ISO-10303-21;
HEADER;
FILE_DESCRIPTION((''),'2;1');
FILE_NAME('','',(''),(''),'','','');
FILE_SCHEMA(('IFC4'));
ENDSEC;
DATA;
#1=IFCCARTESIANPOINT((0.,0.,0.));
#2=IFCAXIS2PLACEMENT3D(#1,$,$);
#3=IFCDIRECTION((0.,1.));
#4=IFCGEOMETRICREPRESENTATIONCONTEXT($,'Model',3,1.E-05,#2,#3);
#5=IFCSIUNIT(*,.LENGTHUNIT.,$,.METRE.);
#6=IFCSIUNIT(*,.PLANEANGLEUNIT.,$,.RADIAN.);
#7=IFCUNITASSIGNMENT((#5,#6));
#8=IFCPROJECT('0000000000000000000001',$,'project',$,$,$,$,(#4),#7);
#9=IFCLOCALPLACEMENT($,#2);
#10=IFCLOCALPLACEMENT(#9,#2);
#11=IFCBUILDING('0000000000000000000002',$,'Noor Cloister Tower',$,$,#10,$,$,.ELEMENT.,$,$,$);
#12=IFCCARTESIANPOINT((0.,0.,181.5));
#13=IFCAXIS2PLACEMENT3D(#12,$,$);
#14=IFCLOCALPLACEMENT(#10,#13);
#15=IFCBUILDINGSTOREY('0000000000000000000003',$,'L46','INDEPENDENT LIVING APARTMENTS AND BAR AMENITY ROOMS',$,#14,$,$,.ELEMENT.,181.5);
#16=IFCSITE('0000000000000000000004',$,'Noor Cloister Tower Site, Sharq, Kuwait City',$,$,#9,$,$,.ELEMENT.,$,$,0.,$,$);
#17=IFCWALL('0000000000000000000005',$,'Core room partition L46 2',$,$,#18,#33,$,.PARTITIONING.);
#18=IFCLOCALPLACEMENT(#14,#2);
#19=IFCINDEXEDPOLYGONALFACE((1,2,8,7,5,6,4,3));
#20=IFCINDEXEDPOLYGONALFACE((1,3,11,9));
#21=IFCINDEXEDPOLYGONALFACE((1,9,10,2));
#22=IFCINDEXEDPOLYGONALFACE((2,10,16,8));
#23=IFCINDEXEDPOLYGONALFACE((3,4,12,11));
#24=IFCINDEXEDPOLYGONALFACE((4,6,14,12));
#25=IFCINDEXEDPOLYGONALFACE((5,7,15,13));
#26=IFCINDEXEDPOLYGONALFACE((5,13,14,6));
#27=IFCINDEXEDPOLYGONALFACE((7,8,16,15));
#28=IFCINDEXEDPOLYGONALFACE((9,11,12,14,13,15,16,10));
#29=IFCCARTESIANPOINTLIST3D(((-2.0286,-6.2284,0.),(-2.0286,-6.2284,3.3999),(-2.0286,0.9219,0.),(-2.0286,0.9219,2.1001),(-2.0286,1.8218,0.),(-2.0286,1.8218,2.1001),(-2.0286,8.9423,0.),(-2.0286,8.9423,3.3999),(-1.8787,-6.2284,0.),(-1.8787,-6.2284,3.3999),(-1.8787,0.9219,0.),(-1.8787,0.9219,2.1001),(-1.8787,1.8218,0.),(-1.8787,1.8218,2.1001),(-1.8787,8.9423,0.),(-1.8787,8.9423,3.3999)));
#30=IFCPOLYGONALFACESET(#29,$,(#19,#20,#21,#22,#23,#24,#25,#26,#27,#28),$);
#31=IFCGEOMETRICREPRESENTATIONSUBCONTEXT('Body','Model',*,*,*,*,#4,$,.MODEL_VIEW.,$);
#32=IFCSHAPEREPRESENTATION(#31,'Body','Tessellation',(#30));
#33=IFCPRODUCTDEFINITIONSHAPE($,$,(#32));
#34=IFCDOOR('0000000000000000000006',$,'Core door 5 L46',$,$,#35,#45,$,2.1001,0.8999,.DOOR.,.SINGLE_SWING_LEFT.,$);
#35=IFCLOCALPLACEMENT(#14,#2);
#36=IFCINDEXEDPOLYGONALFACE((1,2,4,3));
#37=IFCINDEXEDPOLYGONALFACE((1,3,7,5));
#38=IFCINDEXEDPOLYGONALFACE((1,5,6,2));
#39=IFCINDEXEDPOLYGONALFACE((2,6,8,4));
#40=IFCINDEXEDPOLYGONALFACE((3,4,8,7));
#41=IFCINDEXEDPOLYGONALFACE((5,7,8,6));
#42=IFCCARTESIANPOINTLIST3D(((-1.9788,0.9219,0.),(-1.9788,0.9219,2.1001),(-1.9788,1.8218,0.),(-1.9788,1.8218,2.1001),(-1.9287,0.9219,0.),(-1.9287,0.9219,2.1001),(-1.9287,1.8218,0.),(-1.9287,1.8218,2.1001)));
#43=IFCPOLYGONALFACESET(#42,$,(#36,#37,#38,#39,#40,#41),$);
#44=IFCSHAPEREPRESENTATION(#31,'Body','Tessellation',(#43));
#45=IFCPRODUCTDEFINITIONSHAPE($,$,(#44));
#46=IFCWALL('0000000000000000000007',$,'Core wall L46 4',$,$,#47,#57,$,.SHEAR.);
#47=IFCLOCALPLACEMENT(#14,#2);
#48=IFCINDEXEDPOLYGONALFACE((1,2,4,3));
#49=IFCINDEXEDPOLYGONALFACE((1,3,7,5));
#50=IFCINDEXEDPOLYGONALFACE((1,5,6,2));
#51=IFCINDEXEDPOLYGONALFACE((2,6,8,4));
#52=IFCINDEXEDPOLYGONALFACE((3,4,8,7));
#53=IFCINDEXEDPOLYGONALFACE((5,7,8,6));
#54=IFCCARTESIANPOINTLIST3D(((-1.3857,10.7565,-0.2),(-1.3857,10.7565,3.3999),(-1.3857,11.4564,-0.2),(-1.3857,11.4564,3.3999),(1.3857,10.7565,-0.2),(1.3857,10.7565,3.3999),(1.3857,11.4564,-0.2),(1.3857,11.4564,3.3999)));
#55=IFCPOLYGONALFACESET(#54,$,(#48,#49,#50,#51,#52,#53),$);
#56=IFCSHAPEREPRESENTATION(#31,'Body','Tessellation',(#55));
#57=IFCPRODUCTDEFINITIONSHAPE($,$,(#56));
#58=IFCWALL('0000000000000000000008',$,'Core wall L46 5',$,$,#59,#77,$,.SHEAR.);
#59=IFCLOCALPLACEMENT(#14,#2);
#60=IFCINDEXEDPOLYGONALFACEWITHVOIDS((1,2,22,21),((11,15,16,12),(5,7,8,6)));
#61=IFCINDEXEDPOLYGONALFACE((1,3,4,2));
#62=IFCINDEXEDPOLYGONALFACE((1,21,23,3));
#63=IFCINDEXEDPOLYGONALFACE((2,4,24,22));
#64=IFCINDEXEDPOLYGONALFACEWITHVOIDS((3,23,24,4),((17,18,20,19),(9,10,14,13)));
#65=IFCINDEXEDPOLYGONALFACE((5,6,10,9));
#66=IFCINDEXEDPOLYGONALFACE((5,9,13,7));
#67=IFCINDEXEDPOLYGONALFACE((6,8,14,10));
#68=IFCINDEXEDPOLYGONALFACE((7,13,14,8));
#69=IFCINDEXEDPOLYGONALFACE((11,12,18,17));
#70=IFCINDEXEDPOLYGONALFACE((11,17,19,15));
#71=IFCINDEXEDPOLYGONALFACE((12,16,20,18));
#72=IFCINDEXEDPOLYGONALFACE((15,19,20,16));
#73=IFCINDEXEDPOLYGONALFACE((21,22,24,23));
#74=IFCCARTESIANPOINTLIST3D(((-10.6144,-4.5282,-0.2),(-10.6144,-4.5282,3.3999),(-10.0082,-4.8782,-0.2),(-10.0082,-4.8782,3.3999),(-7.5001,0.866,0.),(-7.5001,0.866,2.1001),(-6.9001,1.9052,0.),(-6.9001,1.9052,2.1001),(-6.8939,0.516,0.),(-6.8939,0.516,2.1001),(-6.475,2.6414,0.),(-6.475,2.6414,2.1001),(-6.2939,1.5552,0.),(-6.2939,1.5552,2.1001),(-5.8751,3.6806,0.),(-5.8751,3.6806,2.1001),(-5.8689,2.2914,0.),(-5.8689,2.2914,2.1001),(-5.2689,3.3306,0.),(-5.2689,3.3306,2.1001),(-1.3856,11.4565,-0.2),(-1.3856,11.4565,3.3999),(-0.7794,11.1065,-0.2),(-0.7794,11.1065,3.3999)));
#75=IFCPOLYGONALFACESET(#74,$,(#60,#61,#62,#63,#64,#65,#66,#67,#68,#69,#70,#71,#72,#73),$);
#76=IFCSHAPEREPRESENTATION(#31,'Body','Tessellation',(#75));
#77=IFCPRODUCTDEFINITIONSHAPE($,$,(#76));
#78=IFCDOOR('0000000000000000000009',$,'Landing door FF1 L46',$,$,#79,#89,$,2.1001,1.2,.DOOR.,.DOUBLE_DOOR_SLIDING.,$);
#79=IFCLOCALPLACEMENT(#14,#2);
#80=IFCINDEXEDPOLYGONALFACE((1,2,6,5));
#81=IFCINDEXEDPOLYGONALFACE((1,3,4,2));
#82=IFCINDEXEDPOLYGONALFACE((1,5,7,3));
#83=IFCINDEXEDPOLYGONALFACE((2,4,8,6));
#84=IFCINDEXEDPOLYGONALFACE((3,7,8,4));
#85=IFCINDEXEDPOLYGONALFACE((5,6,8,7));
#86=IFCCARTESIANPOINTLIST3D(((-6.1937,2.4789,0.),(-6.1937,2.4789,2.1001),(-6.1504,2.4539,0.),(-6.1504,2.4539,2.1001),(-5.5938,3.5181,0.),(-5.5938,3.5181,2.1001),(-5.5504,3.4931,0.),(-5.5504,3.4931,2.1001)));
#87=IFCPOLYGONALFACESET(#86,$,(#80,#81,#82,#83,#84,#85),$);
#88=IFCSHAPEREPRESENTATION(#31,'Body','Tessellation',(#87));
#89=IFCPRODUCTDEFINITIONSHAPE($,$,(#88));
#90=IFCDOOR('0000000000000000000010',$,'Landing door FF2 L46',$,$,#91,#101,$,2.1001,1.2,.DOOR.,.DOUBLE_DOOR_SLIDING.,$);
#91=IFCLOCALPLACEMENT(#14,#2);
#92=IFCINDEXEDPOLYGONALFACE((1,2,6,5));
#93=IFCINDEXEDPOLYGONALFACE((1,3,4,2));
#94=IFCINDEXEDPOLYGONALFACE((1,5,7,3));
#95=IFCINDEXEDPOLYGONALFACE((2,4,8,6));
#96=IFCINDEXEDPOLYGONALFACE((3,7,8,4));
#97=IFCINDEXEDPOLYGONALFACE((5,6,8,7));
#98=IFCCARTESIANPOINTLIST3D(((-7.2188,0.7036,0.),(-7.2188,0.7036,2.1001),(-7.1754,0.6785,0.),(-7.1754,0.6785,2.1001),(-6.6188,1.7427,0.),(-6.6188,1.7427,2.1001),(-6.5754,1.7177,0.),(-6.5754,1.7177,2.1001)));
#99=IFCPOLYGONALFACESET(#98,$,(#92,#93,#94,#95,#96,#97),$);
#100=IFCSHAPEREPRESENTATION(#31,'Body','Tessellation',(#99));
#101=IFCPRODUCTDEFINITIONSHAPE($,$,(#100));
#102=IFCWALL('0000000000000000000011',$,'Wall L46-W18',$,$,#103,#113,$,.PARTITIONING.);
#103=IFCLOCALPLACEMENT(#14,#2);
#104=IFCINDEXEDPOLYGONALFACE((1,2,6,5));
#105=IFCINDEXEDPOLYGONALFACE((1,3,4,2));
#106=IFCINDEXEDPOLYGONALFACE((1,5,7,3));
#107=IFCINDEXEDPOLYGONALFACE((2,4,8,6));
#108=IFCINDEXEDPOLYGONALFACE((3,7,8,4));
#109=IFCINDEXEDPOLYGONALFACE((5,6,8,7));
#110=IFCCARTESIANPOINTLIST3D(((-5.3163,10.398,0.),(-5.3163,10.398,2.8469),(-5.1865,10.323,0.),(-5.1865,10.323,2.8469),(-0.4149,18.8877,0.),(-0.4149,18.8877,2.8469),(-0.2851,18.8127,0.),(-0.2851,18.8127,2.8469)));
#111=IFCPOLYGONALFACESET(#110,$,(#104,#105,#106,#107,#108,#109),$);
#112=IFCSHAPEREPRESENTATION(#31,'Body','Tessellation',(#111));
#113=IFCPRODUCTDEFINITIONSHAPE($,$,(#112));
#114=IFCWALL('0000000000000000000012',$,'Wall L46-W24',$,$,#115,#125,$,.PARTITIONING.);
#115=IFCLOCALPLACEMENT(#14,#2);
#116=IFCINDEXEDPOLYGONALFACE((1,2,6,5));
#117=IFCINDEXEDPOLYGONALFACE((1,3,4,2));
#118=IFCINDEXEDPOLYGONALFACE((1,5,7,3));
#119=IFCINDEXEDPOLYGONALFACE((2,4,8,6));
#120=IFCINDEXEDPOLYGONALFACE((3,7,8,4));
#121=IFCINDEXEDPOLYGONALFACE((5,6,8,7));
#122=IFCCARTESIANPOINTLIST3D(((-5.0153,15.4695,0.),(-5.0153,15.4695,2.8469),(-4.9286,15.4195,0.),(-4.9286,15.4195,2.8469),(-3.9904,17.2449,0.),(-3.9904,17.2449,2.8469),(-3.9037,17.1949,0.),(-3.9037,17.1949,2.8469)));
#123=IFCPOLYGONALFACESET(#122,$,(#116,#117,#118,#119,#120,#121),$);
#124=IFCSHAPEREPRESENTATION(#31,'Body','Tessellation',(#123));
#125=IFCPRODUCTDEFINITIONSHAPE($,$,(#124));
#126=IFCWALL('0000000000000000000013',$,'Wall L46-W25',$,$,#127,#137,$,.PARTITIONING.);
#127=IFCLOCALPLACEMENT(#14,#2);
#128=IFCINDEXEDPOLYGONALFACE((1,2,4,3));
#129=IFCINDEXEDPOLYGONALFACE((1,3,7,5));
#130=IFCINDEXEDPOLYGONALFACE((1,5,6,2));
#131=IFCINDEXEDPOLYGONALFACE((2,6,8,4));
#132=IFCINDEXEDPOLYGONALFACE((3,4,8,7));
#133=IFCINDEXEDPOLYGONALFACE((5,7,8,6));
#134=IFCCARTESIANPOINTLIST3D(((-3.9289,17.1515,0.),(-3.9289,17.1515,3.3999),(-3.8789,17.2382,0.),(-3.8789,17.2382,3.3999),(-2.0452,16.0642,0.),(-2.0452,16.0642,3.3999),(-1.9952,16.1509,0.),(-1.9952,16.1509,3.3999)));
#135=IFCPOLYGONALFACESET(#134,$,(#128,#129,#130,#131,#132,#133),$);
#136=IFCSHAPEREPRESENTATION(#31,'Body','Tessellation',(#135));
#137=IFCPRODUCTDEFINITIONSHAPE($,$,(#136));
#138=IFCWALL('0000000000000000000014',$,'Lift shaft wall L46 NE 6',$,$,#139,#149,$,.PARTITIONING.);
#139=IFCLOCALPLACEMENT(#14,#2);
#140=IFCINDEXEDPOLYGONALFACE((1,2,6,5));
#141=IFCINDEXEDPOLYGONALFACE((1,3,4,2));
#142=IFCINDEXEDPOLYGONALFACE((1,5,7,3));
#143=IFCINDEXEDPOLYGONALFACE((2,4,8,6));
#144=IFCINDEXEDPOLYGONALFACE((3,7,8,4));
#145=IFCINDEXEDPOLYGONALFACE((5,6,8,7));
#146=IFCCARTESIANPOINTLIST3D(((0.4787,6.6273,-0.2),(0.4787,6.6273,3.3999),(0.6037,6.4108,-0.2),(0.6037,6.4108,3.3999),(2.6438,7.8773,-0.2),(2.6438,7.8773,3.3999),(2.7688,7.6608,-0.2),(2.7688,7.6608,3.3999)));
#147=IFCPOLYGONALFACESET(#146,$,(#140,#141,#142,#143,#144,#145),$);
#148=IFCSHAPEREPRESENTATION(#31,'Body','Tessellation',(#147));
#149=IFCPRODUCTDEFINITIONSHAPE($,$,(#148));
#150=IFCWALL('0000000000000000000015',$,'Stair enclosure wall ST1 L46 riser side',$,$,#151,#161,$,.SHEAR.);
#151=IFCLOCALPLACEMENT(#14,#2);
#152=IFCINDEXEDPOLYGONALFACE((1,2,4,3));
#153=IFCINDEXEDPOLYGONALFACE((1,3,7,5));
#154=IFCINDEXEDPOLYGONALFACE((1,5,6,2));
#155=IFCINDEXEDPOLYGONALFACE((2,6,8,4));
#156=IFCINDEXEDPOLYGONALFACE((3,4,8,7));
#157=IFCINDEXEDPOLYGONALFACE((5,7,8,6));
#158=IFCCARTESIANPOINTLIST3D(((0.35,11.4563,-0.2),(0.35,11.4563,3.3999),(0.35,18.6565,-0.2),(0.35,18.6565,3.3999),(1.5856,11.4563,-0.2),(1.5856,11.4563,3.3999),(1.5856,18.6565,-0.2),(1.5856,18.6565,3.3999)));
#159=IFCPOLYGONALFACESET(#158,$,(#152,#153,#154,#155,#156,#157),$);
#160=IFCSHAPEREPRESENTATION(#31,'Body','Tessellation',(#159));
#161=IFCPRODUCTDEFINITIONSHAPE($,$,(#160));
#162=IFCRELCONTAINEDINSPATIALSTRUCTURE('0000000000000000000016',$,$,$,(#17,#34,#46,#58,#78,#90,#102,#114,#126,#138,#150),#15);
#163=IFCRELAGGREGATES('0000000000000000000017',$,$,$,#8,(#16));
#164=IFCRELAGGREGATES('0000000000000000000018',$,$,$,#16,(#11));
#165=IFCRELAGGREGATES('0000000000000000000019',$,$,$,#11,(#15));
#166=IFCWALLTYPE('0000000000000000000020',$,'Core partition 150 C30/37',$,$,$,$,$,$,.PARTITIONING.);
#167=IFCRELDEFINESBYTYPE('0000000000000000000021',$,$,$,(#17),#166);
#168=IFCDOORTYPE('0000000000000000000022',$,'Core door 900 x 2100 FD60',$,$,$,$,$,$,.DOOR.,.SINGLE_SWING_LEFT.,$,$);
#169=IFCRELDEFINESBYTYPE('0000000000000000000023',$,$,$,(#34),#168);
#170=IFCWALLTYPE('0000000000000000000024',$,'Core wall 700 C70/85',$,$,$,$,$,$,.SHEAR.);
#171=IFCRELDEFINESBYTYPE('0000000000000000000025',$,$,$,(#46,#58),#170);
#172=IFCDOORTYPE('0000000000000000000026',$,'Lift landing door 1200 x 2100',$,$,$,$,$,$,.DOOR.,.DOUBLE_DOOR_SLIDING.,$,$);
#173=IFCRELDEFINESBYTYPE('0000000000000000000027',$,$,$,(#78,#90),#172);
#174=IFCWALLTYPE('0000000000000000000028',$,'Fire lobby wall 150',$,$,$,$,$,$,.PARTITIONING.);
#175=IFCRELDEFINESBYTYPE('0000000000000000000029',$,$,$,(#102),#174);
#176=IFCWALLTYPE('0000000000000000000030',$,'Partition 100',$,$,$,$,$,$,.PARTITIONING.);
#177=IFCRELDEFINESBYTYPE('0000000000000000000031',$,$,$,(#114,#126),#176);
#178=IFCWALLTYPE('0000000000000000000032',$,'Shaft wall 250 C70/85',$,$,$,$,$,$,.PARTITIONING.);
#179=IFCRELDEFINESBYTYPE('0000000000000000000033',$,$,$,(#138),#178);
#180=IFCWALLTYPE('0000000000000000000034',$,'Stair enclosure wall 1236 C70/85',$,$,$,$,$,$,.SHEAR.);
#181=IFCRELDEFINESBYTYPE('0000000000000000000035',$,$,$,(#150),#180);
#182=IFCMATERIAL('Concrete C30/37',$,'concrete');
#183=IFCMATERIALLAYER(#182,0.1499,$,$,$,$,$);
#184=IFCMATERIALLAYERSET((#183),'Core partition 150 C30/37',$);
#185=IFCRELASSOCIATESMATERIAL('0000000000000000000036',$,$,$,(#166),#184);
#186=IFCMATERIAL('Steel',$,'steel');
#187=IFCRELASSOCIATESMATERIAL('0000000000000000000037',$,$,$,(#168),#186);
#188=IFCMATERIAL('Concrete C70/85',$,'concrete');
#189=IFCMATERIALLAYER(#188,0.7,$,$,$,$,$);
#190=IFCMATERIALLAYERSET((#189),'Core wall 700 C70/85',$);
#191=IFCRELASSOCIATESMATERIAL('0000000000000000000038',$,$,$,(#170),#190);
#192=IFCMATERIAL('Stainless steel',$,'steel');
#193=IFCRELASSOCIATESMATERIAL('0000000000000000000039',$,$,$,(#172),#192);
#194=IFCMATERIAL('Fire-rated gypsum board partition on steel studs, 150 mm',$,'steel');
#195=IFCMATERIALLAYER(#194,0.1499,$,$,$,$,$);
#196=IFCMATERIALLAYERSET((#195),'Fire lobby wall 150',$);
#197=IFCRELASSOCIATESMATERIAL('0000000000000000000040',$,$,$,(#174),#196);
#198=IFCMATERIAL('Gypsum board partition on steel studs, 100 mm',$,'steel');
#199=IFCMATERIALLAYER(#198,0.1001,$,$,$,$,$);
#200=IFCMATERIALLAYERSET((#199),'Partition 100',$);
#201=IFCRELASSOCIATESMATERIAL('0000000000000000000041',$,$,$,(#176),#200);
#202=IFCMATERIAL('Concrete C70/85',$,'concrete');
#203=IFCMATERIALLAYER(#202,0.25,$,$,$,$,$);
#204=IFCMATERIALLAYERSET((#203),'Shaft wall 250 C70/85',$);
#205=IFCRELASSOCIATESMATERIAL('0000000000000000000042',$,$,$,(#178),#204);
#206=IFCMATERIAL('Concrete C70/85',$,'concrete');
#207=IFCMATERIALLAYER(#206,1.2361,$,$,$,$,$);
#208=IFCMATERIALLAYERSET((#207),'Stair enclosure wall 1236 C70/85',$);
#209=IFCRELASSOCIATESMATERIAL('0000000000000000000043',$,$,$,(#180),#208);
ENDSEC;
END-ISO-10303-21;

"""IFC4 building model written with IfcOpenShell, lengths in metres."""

from ifc_helpers import new_model, si_unit, direction, frame, frame_2d, origin, place, context, subcontext, project, spatial, rectangle, extrude, material, layer, layer_set, type_object, element, fill, save


model = new_model("IFC4")

# Units and contexts
model_context = context("Model", 3, precision=1e-05, world=origin(), true_north=direction((0.0, 1.0)))
body_context = subcontext(model_context, "Body", "Model", "MODEL_VIEW")
ifc_project = project(units=[si_unit("LENGTHUNIT", "METRE"), si_unit("PLANEANGLEUNIT", "RADIAN")], contexts=[model_context])

# Site, building, storey
site_placement = place(None, origin())
site = spatial("IfcSite", under=ifc_project, at=site_placement, Name="Noor Cloister Tower Site, Sharq, Kuwait City", CompositionType="ELEMENT", RefElevation=0.0)
building_placement = place(site_placement, origin())
building = spatial("IfcBuilding", under=site, at=building_placement, Name="Noor Cloister Tower", CompositionType="ELEMENT")
storey_placement = place(building_placement, frame((0.0, 0.0, 181.5)))
storey = spatial("IfcBuildingStorey", under=building, at=storey_placement, Name="L46", Description="INDEPENDENT LIVING APARTMENTS AND BAR AMENITY ROOMS", CompositionType="ELEMENT", Elevation=181.5)

# Wall, opening, door
ifc_material_1 = material(Name="Concrete C30/37", Category="concrete")
ifc_layer_1 = layer(ifc_material_1, 0.1499)
ifc_layer_set_1 = layer_set([ifc_layer_1], Name="Core partition 150 C30/37")
wall_type_1 = type_object("IfcWallType", Name="Core partition 150 C30/37", PredefinedType="PARTITIONING", material=ifc_layer_set_1)
wall_1_placement = place(storey_placement, frame((-1.9536, 8.9424, 0.0), z_axis=(0.0, 0.0, 1.0), x_axis=(0.0, -1.0, 0.0)))
wall_1 = element("IfcWall", 1, at=wall_1_placement, inside=storey, type_object=wall_type_1, Name="Core room partition L46 2", PredefinedType="PARTITIONING", context=body_context, shape_type="SweptSolid", body=[
    extrude(rectangle(XDim=15.1707, YDim=0.1499, at=frame_2d((7.5854, 0.0))), origin(), (0.0, 0.0, 1.0), 3.3999),
])
opening_1_placement = place(wall_1_placement, frame((7.1206, 0.0, 0.0)))
opening_1 = element("IfcOpeningElement", 2, at=opening_1_placement, cuts=wall_1, PredefinedType="OPENING", context=body_context, shape_type="SweptSolid", body=[
    extrude(rectangle(XDim=0.8999, YDim=2.1001, at=frame_2d((0.45, 1.05))), frame((0.0, 0.085, 0.0), z_axis=(0.0, -1.0, 0.0), x_axis=(1.0, 0.0, 0.0)), (0.0, 0.0, 1.0), 0.1699),
])
ifc_material_2 = material(Name="Steel", Category="steel")
door_type_1 = type_object("IfcDoorType", Name="Core door 900 x 2100 FD60", OperationType="SINGLE_SWING_LEFT", PredefinedType="DOOR", material=ifc_material_2)
door_1_placement = place(opening_1_placement, origin())
door_1 = element("IfcDoor", 3, at=door_1_placement, inside=storey, type_object=door_type_1, Name="Core door 5 L46", OperationType="SINGLE_SWING_LEFT", OverallHeight=2.1001, OverallWidth=0.8999, PredefinedType="DOOR", context=body_context, shape_type="SweptSolid", body=[
    extrude(rectangle(XDim=0.8999, YDim=2.1001, at=frame_2d((0.45, 1.05))), frame((0.0, 0.0249, 0.0), z_axis=(0.0, -1.0, 0.0), x_axis=(1.0, 0.0, 0.0)), (0.0, 0.0, 1.0), 0.05),
])
fill(opening_1, door_1)

# Wall
ifc_material_3 = material(Name="Concrete C70/85", Category="concrete")
ifc_layer_2 = layer(ifc_material_3, 0.7)
ifc_layer_set_2 = layer_set([ifc_layer_2], Name="Core wall 700 C70/85")
wall_type_2 = type_object("IfcWallType", Name="Core wall 700 C70/85", PredefinedType="SHEAR", material=ifc_layer_set_2)
wall_2_placement = place(storey_placement, frame((1.3857, 11.1064, -0.2), z_axis=(0.0, 0.0, 1.0), x_axis=(-1.0, 0.0, 0.0)))
element("IfcWall", 4, at=wall_2_placement, inside=storey, type_object=wall_type_2, Name="Core wall L46 4", PredefinedType="SHEAR", context=body_context, shape_type="SweptSolid", body=[
    extrude(rectangle(XDim=2.7715, YDim=0.7, at=frame_2d((1.3857, 0.0))), origin(), (0.0, 0.0, 1.0), 3.5999),
])

# Wall, openings, doors
wall_3_placement = place(storey_placement, frame((-1.0825, 11.2815, -0.2), z_axis=(0.0, 0.0, 1.0), x_axis=(-0.500001, -0.866025, 0.0)))
wall_3 = element("IfcWall", 5, at=wall_3_placement, inside=storey, type_object=wall_type_2, Name="Core wall L46 5", PredefinedType="SHEAR", context=body_context, shape_type="SweptSolid", body=[
    extrude(rectangle(XDim=18.4575, YDim=0.7, at=frame_2d((9.2288, 0.0))), origin(), (0.0, 0.0, 1.0), 3.5999),
])
opening_2_placement = place(wall_3_placement, frame((8.9788, 0.0, 0.2)))
opening_2 = element("IfcOpeningElement", 6, at=opening_2_placement, cuts=wall_3, PredefinedType="OPENING", context=body_context, shape_type="SweptSolid", body=[
    extrude(rectangle(XDim=1.2, YDim=2.1001, at=frame_2d((0.6001, 1.05))), frame((0.0, 0.3599, 0.0), z_axis=(0.0, -1.0, 0.0), x_axis=(1.0, 0.0, 0.0)), (0.0, 0.0, 1.0), 0.72),
])
opening_3_placement = place(wall_3_placement, frame((11.0288, 0.0, 0.2)))
opening_3 = element("IfcOpeningElement", 7, at=opening_3_placement, cuts=wall_3, PredefinedType="OPENING", context=body_context, shape_type="SweptSolid", body=[
    extrude(rectangle(XDim=1.2, YDim=2.1001, at=frame_2d((0.6001, 1.05))), frame((0.0, 0.3599, 0.0), z_axis=(0.0, -1.0, 0.0), x_axis=(1.0, 0.0, 0.0)), (0.0, 0.0, 1.0), 0.72),
])
ifc_material_4 = material(Name="Stainless steel", Category="steel")
door_type_2 = type_object("IfcDoorType", Name="Lift landing door 1200 x 2100", OperationType="DOUBLE_DOOR_SLIDING", PredefinedType="DOOR", material=ifc_material_4)
door_2_placement = place(opening_2_placement, origin())
door_2 = element("IfcDoor", 8, at=door_2_placement, inside=storey, type_object=door_type_2, Name="Landing door FF1 L46", OperationType="DOUBLE_DOOR_SLIDING", OverallHeight=2.1001, OverallWidth=1.2, PredefinedType="DOOR", context=body_context, shape_type="SweptSolid", body=[
    extrude(rectangle(XDim=1.2, YDim=2.1001, at=frame_2d((0.6001, 1.05))), frame((0.0, 0.0249, 0.0), z_axis=(0.0, -1.0, 0.0), x_axis=(1.0, 0.0, 0.0)), (0.0, 0.0, 1.0), 0.05),
])
fill(opening_2, door_2)
door_3_placement = place(opening_3_placement, origin())
door_3 = element("IfcDoor", 9, at=door_3_placement, inside=storey, type_object=door_type_2, Name="Landing door FF2 L46", OperationType="DOUBLE_DOOR_SLIDING", OverallHeight=2.1001, OverallWidth=1.2, PredefinedType="DOOR", context=body_context, shape_type="SweptSolid", body=[
    extrude(rectangle(XDim=1.2, YDim=2.1001, at=frame_2d((0.6001, 1.05))), frame((0.0, 0.0249, 0.0), z_axis=(0.0, -1.0, 0.0), x_axis=(1.0, 0.0, 0.0)), (0.0, 0.0, 1.0), 0.05),
])
fill(opening_3, door_3)

# Walls
ifc_material_5 = material(Name="Fire-rated gypsum board partition on steel studs, 150 mm", Category="steel")
ifc_layer_3 = layer(ifc_material_5, 0.1499)
ifc_layer_set_3 = layer_set([ifc_layer_3], Name="Fire lobby wall 150")
wall_type_3 = type_object("IfcWallType", Name="Fire lobby wall 150", PredefinedType="PARTITIONING", material=ifc_layer_set_3)
wall_4_placement = place(storey_placement, frame((-0.3501, 18.8501, 0.0), z_axis=(0.0, 0.0, 1.0), x_axis=(-0.499985, -0.866034, 0.0)))
element("IfcWall", 10, at=wall_4_placement, inside=storey, type_object=wall_type_3, Name="Wall L46-W18", PredefinedType="PARTITIONING", context=body_context, shape_type="SweptSolid", body=[
    extrude(rectangle(XDim=9.803, YDim=0.1499, at=frame_2d((4.9014, 0.0))), origin(), (0.0, 0.0, 1.0), 2.8469),
])
ifc_material_6 = material(Name="Gypsum board partition on steel studs, 100 mm", Category="steel")
ifc_layer_4 = layer(ifc_material_6, 0.1001)
ifc_layer_set_4 = layer_set([ifc_layer_4], Name="Partition 100")
wall_type_4 = type_object("IfcWallType", Name="Partition 100", PredefinedType="PARTITIONING", material=ifc_layer_set_4)
wall_5_placement = place(storey_placement, frame((-4.9719, 15.4446, 0.0), z_axis=(0.0, 0.0, 1.0), x_axis=(0.499956, 0.866051, 0.0)))
element("IfcWall", 11, at=wall_5_placement, inside=storey, type_object=wall_type_4, Name="Wall L46-W24", PredefinedType="PARTITIONING", context=body_context, shape_type="SweptSolid", body=[
    extrude(rectangle(XDim=2.05, YDim=0.1001, at=frame_2d((1.0249, 0.0))), origin(), (0.0, 0.0, 1.0), 2.8469),
])
wall_6_placement = place(storey_placement, frame((-3.9038, 17.1948, 0.0), z_axis=(0.0, 0.0, 1.0), x_axis=(0.866066, -0.49993, 0.0)))
element("IfcWall", 12, at=wall_6_placement, inside=storey, type_object=wall_type_4, Name="Wall L46-W25", PredefinedType="PARTITIONING", context=body_context, shape_type="SweptSolid", body=[
    extrude(rectangle(XDim=2.175, YDim=0.1001, at=frame_2d((1.0874, 0.0))), origin(), (0.0, 0.0, 1.0), 3.3999),
])
ifc_material_7 = material(Name="Concrete C70/85", Category="concrete")
ifc_layer_5 = layer(ifc_material_7, 0.25)
ifc_layer_set_5 = layer_set([ifc_layer_5], Name="Shaft wall 250 C70/85")
wall_type_5 = type_object("IfcWallType", Name="Shaft wall 250 C70/85", PredefinedType="PARTITIONING", material=ifc_layer_set_5)
wall_7_placement = place(storey_placement, frame((2.7063, 7.769, -0.2), z_axis=(0.0, 0.0, 1.0), x_axis=(-0.866023, -0.500004, 0.0)))
element("IfcWall", 13, at=wall_7_placement, inside=storey, type_object=wall_type_5, Name="Lift shaft wall L46 NE 6", PredefinedType="PARTITIONING", context=body_context, shape_type="SweptSolid", body=[
    extrude(rectangle(XDim=2.5, YDim=0.25, at=frame_2d((1.25, 0.0))), origin(), (0.0, 0.0, 1.0), 3.5999),
])
ifc_material_8 = material(Name="Concrete C70/85", Category="concrete")
ifc_layer_6 = layer(ifc_material_8, 1.2361)
ifc_layer_set_6 = layer_set([ifc_layer_6], Name="Stair enclosure wall 1236 C70/85")
wall_type_6 = type_object("IfcWallType", Name="Stair enclosure wall 1236 C70/85", PredefinedType="SHEAR", material=ifc_layer_set_6)
wall_8_placement = place(storey_placement, frame((0.9678, 11.4563, -0.2), z_axis=(0.0, 0.0, 1.0), x_axis=(0.0, 1.0, 0.0)))
element("IfcWall", 14, at=wall_8_placement, inside=storey, type_object=wall_type_6, Name="Stair enclosure wall ST1 L46 riser side", PredefinedType="SHEAR", context=body_context, shape_type="SweptSolid", body=[
    extrude(rectangle(XDim=7.2002, YDim=1.2356, at=frame_2d((3.6001, 0.0))), origin(), (0.0, 0.0, 1.0), 3.5999),
])

save(model, "model.ifc")
